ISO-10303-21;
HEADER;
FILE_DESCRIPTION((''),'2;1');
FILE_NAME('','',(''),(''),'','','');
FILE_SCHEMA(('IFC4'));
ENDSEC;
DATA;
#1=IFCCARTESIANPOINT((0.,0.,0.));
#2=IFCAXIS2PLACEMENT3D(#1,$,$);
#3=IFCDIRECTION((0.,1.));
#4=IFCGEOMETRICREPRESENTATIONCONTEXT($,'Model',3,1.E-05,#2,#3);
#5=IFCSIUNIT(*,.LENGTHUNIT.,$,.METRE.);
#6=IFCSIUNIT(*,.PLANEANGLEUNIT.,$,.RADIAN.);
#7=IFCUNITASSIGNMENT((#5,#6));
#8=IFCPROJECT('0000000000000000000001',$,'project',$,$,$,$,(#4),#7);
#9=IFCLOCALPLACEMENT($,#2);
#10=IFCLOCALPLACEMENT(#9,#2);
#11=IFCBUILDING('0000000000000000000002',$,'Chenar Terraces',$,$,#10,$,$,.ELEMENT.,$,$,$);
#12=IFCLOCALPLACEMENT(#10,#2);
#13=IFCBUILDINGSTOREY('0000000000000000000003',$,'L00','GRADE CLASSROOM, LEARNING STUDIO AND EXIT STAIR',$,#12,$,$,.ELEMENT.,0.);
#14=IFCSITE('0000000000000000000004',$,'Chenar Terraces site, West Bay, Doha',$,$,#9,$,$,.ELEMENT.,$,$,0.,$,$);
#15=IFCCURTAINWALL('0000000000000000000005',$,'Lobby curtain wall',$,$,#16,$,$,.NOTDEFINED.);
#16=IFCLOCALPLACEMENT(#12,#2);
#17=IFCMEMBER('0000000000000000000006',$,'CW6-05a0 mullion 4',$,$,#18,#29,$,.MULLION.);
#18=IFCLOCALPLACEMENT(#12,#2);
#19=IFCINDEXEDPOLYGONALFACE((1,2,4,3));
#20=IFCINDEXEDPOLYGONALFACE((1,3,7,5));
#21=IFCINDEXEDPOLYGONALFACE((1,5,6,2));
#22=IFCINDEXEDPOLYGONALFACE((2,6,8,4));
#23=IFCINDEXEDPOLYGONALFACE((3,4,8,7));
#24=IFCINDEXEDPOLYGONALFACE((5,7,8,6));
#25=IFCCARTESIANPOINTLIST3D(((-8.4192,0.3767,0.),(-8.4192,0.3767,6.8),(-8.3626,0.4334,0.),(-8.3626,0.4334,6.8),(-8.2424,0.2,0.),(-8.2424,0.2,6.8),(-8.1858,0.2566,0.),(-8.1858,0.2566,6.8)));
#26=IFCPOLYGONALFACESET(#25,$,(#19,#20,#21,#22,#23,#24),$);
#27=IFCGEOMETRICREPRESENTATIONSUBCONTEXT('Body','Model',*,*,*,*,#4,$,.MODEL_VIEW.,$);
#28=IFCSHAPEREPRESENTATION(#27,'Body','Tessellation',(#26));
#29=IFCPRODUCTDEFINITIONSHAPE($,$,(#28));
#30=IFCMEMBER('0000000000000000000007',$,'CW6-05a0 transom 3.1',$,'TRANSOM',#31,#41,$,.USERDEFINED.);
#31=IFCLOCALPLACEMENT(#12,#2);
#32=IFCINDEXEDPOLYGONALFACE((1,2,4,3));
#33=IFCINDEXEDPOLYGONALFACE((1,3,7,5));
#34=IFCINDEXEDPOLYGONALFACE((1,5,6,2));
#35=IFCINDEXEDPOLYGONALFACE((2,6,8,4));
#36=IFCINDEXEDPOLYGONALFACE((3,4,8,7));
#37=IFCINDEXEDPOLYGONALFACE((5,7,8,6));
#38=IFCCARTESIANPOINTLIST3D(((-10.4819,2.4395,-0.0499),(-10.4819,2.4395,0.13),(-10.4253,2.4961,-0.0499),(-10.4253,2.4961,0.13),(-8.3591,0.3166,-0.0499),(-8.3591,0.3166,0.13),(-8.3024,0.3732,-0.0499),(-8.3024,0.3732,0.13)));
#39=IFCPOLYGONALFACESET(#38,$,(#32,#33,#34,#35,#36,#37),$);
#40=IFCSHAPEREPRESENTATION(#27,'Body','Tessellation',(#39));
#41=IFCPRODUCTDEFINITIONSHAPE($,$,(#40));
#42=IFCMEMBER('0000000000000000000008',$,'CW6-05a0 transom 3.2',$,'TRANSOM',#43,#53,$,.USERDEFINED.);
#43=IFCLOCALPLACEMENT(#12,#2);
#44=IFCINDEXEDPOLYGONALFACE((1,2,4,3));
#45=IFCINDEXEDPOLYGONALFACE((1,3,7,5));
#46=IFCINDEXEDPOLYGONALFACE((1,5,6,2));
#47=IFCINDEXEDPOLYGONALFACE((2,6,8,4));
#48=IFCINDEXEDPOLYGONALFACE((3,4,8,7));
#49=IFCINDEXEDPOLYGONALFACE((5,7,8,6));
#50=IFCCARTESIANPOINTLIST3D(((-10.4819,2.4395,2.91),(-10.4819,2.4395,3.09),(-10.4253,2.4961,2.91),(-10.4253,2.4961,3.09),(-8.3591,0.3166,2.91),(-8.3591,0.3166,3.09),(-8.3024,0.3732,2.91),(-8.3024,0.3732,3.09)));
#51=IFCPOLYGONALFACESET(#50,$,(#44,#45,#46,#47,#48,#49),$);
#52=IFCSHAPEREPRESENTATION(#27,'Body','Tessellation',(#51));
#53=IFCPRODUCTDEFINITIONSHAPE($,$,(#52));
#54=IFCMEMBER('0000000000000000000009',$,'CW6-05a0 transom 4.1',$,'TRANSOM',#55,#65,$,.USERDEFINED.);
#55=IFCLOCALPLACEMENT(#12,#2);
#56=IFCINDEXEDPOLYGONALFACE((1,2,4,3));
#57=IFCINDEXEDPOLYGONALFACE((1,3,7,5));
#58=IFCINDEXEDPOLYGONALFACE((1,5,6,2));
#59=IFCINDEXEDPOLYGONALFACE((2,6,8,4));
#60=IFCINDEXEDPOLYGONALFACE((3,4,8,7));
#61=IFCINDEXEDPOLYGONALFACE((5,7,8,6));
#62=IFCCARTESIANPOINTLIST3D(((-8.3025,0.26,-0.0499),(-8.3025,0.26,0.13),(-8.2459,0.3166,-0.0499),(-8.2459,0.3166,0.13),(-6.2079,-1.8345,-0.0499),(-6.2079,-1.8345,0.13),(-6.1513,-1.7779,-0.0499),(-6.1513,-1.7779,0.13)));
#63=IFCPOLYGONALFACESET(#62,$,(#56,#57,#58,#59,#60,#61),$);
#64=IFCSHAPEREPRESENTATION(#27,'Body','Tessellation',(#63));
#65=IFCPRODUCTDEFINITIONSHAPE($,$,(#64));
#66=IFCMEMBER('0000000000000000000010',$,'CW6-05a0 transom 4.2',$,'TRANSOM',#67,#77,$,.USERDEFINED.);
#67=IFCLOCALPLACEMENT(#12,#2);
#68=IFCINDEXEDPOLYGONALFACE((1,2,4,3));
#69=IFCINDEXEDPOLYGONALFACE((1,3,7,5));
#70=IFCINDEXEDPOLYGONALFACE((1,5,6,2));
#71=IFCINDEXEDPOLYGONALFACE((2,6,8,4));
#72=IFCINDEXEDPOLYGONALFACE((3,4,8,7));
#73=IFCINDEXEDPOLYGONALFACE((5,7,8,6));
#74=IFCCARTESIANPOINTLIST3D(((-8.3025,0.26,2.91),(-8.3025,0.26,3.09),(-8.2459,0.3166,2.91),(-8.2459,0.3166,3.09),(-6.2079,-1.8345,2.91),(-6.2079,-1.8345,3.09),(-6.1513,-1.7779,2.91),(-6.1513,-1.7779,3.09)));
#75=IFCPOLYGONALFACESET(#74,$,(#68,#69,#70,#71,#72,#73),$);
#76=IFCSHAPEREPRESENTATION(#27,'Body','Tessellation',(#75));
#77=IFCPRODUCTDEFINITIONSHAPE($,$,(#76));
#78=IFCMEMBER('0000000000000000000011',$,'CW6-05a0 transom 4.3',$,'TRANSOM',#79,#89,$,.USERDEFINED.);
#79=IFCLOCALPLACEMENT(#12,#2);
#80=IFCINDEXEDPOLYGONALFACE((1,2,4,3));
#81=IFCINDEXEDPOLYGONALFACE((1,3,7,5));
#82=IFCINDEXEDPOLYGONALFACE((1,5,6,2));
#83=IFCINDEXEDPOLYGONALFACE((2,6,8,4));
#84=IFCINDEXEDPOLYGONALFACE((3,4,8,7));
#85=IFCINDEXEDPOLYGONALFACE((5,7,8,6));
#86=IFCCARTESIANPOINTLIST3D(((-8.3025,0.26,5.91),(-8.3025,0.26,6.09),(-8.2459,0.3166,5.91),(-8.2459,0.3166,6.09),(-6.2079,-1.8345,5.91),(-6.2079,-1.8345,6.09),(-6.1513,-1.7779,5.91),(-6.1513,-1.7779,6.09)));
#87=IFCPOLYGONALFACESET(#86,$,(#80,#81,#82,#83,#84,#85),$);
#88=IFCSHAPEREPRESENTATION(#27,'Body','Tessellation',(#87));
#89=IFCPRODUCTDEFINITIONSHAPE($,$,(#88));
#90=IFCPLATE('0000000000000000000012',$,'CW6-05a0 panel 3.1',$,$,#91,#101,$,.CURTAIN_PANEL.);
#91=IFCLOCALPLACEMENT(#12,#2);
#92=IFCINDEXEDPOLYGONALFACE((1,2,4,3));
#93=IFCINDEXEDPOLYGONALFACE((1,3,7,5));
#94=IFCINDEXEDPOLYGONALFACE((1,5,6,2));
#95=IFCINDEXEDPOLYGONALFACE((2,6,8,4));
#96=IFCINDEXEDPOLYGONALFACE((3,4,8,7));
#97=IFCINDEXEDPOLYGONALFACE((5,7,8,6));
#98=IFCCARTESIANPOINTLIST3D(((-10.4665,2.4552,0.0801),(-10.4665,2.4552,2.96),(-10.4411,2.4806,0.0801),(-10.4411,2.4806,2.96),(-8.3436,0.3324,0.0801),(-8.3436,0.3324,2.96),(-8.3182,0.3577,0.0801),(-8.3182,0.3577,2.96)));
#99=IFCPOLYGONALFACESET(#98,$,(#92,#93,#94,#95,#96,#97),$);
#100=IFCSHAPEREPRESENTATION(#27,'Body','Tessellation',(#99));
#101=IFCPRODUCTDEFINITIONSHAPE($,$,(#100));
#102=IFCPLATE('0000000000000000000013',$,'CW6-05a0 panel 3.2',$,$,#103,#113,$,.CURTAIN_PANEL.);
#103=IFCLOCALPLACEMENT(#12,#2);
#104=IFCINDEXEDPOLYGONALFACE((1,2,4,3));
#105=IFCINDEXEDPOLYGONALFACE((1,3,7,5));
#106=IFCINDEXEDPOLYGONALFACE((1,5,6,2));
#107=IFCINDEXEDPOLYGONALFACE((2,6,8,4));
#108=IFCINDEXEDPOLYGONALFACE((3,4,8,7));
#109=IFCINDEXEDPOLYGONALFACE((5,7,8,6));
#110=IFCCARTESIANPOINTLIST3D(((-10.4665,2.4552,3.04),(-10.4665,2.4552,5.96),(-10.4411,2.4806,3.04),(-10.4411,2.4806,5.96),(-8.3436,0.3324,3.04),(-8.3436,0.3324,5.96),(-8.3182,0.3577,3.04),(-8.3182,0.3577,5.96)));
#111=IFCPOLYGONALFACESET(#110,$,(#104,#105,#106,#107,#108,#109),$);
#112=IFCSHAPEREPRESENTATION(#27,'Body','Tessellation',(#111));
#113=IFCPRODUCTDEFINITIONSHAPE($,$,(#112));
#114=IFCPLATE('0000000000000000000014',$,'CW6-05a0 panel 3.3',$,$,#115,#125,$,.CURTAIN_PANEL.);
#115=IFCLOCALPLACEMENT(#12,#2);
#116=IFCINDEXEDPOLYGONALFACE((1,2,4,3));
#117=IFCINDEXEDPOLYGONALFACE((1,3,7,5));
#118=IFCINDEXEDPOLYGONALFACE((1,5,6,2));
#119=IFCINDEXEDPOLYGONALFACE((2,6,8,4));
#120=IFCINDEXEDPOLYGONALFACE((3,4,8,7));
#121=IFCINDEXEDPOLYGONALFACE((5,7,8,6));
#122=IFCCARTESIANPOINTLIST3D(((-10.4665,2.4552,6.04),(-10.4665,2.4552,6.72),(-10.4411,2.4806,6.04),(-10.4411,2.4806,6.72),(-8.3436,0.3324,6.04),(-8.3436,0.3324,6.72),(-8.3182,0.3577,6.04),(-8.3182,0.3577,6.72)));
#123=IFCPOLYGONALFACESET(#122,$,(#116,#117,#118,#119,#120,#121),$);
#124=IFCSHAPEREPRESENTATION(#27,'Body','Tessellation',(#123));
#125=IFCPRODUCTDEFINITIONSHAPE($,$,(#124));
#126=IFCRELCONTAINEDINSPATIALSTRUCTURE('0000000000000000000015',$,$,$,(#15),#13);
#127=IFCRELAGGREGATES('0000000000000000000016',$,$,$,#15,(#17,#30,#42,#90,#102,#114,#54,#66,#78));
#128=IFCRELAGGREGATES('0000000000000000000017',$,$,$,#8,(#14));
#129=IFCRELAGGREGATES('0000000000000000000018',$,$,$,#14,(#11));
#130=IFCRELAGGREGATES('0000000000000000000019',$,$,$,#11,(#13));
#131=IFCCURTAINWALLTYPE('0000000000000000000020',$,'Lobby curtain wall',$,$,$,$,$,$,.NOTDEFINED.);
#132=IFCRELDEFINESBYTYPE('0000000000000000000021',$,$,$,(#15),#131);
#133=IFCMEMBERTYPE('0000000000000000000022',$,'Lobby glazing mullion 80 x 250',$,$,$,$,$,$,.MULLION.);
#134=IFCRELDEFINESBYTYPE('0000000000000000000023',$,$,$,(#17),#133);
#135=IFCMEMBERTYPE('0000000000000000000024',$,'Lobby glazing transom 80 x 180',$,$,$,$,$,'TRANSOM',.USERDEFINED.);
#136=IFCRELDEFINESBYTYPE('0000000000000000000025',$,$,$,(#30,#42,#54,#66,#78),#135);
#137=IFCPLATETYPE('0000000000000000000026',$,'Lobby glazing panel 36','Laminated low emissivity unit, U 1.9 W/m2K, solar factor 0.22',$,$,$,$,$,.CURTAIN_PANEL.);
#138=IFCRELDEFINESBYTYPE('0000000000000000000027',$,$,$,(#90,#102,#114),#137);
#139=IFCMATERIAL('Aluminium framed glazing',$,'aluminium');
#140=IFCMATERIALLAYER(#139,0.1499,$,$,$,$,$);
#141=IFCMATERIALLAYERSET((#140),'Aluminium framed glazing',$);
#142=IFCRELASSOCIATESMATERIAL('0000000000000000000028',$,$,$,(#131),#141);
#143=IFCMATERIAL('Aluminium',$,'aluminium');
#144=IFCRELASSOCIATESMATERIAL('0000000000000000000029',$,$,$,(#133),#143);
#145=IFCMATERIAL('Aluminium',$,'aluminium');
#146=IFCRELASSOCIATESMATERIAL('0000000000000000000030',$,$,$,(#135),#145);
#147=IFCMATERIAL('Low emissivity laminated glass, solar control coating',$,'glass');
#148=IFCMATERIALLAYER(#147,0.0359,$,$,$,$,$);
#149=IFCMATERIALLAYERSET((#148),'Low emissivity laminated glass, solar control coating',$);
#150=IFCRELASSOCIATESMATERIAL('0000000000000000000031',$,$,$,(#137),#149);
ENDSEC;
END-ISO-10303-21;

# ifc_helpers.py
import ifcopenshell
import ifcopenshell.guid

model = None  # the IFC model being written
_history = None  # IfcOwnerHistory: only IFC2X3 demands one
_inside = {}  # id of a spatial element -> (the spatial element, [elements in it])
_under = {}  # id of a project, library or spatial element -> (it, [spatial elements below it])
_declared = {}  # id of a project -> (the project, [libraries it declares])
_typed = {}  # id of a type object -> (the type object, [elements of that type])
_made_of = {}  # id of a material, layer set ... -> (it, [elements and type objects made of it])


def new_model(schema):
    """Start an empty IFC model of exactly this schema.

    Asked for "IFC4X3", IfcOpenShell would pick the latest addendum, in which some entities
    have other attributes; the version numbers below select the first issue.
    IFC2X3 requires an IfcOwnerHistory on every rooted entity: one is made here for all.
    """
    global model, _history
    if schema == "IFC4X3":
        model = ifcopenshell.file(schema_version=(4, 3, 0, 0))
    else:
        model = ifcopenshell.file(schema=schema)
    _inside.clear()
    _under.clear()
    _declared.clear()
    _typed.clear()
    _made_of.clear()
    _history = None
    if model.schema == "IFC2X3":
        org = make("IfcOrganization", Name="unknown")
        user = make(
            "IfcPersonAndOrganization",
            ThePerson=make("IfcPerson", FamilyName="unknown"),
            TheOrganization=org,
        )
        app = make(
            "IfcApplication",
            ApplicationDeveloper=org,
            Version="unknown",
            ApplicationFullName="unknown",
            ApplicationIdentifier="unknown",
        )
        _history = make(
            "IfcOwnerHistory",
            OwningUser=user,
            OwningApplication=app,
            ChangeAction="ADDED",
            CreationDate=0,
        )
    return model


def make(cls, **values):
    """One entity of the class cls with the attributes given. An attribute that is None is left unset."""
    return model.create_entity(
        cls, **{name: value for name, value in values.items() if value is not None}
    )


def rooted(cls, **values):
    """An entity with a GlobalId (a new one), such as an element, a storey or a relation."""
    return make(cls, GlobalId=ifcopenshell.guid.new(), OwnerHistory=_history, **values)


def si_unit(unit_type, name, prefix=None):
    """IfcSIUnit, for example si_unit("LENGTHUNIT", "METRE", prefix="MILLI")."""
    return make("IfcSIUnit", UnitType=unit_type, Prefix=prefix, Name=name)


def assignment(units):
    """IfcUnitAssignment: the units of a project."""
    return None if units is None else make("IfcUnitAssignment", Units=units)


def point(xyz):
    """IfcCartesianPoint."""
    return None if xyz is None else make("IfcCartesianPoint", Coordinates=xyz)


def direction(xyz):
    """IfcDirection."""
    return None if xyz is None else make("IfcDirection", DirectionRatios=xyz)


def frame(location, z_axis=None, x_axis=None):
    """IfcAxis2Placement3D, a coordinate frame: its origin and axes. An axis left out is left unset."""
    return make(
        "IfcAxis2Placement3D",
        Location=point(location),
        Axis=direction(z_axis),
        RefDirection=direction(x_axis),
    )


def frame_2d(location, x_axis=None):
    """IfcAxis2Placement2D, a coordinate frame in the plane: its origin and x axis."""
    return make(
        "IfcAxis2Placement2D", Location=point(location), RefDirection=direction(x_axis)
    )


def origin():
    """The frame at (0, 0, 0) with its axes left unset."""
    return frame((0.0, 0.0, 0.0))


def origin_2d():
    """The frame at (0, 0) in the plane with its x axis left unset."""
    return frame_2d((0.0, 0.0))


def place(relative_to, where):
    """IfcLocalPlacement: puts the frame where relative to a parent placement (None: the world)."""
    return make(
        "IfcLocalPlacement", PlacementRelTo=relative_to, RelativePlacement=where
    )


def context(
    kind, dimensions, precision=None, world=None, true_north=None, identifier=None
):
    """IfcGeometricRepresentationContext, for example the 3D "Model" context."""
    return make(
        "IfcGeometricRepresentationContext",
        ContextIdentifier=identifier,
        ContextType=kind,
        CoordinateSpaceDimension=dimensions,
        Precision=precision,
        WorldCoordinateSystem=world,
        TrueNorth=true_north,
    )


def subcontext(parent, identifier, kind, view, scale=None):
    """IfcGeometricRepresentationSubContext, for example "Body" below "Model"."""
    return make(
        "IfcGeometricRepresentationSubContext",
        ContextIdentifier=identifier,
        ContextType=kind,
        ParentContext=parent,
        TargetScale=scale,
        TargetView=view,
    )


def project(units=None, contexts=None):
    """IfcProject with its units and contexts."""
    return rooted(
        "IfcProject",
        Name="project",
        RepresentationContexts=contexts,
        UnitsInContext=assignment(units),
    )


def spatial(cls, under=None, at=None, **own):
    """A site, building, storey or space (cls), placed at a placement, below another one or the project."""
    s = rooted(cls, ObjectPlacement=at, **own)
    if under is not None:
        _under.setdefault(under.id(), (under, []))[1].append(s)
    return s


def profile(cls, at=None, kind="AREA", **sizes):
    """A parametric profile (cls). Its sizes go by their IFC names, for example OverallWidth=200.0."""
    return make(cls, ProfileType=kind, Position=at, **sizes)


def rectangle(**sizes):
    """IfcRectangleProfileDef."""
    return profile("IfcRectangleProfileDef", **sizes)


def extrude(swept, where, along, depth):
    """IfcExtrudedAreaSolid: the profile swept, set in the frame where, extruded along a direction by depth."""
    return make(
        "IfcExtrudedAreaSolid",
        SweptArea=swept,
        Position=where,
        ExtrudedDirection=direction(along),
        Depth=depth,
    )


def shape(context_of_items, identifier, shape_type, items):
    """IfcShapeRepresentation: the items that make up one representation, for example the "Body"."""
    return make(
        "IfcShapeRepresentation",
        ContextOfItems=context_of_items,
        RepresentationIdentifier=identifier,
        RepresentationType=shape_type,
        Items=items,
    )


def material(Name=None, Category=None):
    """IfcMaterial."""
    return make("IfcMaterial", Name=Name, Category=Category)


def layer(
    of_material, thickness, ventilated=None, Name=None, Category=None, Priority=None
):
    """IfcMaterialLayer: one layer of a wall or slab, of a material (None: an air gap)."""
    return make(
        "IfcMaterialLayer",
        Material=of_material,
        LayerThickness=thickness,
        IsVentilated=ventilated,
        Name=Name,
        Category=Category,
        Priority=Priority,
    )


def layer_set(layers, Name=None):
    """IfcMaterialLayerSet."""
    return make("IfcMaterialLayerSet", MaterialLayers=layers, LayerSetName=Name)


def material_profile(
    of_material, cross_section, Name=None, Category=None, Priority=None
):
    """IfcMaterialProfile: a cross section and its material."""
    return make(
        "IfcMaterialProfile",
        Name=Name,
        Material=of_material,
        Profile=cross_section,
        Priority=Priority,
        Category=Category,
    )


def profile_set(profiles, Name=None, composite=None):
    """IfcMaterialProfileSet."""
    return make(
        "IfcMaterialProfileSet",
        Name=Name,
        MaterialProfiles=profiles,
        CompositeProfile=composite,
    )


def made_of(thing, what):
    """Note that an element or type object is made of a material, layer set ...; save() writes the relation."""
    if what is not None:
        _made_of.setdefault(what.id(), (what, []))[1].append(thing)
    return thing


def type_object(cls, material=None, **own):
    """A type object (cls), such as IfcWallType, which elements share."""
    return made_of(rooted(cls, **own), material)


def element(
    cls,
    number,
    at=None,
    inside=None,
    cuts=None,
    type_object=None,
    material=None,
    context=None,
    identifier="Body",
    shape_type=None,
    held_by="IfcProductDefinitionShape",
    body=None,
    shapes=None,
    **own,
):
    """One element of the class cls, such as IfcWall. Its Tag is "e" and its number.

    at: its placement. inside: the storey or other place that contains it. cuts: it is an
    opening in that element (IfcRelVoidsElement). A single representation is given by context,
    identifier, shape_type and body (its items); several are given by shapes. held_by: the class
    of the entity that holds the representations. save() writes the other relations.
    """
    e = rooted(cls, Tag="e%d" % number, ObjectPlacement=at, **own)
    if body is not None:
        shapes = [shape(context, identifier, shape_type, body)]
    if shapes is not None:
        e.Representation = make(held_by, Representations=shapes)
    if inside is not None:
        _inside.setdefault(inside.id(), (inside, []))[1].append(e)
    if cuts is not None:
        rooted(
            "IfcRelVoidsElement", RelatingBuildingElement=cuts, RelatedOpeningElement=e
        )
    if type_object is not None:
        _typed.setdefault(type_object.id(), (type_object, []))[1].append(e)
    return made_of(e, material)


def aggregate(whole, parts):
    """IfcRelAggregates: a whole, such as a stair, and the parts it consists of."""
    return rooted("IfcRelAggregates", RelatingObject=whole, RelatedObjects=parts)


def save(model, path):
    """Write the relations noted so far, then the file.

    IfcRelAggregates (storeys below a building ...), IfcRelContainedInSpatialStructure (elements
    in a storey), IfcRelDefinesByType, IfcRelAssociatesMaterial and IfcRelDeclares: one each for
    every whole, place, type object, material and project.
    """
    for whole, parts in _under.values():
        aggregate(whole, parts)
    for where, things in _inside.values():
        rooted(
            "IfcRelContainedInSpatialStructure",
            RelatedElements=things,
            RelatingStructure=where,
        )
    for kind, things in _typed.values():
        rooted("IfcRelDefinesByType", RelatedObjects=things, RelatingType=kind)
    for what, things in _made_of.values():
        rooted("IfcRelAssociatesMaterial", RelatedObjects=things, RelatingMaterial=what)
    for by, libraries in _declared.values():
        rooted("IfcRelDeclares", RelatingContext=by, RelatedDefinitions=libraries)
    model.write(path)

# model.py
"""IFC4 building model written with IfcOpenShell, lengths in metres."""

from ifc_helpers import new_model, si_unit, direction, frame, origin, origin_2d, place, context, subcontext, project, spatial, rectangle, extrude, material, layer, layer_set, material_profile, profile_set, type_object, element, aggregate, save


model = new_model("IFC4")

# Units and contexts
model_context = context("Model", 3, precision=1e-05, world=origin(), true_north=direction((0.0, 1.0)))
body_context = subcontext(model_context, "Body", "Model", "MODEL_VIEW")
ifc_project = project(units=[si_unit("LENGTHUNIT", "METRE"), si_unit("PLANEANGLEUNIT", "RADIAN")], contexts=[model_context])

# Site, building, storey
site_placement = place(None, origin())
site = spatial("IfcSite", under=ifc_project, at=site_placement, Name="Chenar Terraces site, West Bay, Doha", CompositionType="ELEMENT", RefElevation=0.0)
building_placement = place(site_placement, origin())
building = spatial("IfcBuilding", under=site, at=building_placement, Name="Chenar Terraces", CompositionType="ELEMENT")
storey_placement = place(building_placement, origin())
storey = spatial("IfcBuildingStorey", under=building, at=storey_placement, Name="L00", Description="GRADE CLASSROOM, LEARNING STUDIO AND EXIT STAIR", CompositionType="ELEMENT", Elevation=0.0)

# Curtain wall, members, plates
ifc_material_1 = material(Name="Aluminium framed glazing", Category="aluminium")
ifc_layer_1 = layer(ifc_material_1, 0.1499)
ifc_layer_set_1 = layer_set([ifc_layer_1], Name="Aluminium framed glazing")
curtain_wall_type = type_object("IfcCurtainWallType", Name="Lobby curtain wall", PredefinedType="NOTDEFINED", material=ifc_layer_set_1)
curtain_wall_placement = place(storey_placement, origin())
curtain_wall = element("IfcCurtainWall", 1, at=curtain_wall_placement, inside=storey, type_object=curtain_wall_type, Name="Lobby curtain wall", PredefinedType="NOTDEFINED")
ifc_material_2 = material(Name="Aluminium", Category="aluminium")
ifc_material_profile_1 = material_profile(ifc_material_2, rectangle(XDim=0.0801, YDim=0.25, at=origin_2d()), Name="Lobby glazing mullion 80 x 250")
ifc_profile_set_1 = profile_set([ifc_material_profile_1], Name="Aluminium")
member_type_1 = type_object("IfcMemberType", Name="Lobby glazing mullion 80 x 250", PredefinedType="MULLION", material=ifc_profile_set_1)
member_1_placement = place(storey_placement, frame((-8.3025, 0.3167, 0.0), z_axis=(0.0, 0.0, 1.0), x_axis=(0.707107, 0.707107, 0.0)))
member_1 = element("IfcMember", 2, at=member_1_placement, type_object=member_type_1, Name="CW6-05a0 mullion 4", PredefinedType="MULLION", context=body_context, shape_type="SweptSolid", body=[
    extrude(rectangle(XDim=0.0801, YDim=0.25, at=origin_2d()), origin(), (0.0, 0.0, 1.0), 6.8),
])
ifc_material_3 = material(Name="Aluminium", Category="aluminium")
ifc_material_profile_2 = material_profile(ifc_material_3, rectangle(XDim=0.0801, YDim=0.1799, at=origin_2d()), Name="Lobby glazing transom 80 x 180")
ifc_profile_set_2 = profile_set([ifc_material_profile_2], Name="Aluminium")
member_type_2 = type_object("IfcMemberType", Name="Lobby glazing transom 80 x 180", ElementType="TRANSOM", PredefinedType="USERDEFINED", material=ifc_profile_set_2)
member_2_placement = place(storey_placement, frame((-10.4536, 2.4678, 0.04), z_axis=(0.707107, -0.707107, 0.0), x_axis=(0.707107, 0.707107, 0.0)))
member_2 = element("IfcMember", 3, at=member_2_placement, type_object=member_type_2, Name="CW6-05a0 transom 3.1", ObjectType="TRANSOM", PredefinedType="USERDEFINED", context=body_context, shape_type="SweptSolid", body=[
    extrude(rectangle(XDim=0.0801, YDim=0.1799, at=origin_2d()), origin(), (0.0, 0.0, 1.0), 3.0022),
])
member_3_placement = place(storey_placement, frame((-10.4536, 2.4678, 3.0), z_axis=(0.707107, -0.707107, 0.0), x_axis=(0.707107, 0.707107, 0.0)))
member_3 = element("IfcMember", 4, at=member_3_placement, type_object=member_type_2, Name="CW6-05a0 transom 3.2", ObjectType="TRANSOM", PredefinedType="USERDEFINED", context=body_context, shape_type="SweptSolid", body=[
    extrude(rectangle(XDim=0.0801, YDim=0.1799, at=origin_2d()), origin(), (0.0, 0.0, 1.0), 3.0022),
])
member_4_placement = place(storey_placement, frame((-8.2742, 0.2883, 0.04), z_axis=(0.707107, -0.707107, 0.0), x_axis=(0.707107, 0.707107, 0.0)))
member_4 = element("IfcMember", 5, at=member_4_placement, type_object=member_type_2, Name="CW6-05a0 transom 4.1", ObjectType="TRANSOM", PredefinedType="USERDEFINED", context=body_context, shape_type="SweptSolid", body=[
    extrude(rectangle(XDim=0.0801, YDim=0.1799, at=origin_2d()), origin(), (0.0, 0.0, 1.0), 2.9622),
])
member_5_placement = place(storey_placement, frame((-8.2742, 0.2883, 3.0), z_axis=(0.707107, -0.707107, 0.0), x_axis=(0.707107, 0.707107, 0.0)))
member_5 = element("IfcMember", 6, at=member_5_placement, type_object=member_type_2, Name="CW6-05a0 transom 4.2", ObjectType="TRANSOM", PredefinedType="USERDEFINED", context=body_context, shape_type="SweptSolid", body=[
    extrude(rectangle(XDim=0.0801, YDim=0.1799, at=origin_2d()), origin(), (0.0, 0.0, 1.0), 2.9622),
])
member_6_placement = place(storey_placement, frame((-8.2742, 0.2883, 6.0), z_axis=(0.707107, -0.707107, 0.0), x_axis=(0.707107, 0.707107, 0.0)))
member_6 = element("IfcMember", 7, at=member_6_placement, type_object=member_type_2, Name="CW6-05a0 transom 4.3", ObjectType="TRANSOM", PredefinedType="USERDEFINED", context=body_context, shape_type="SweptSolid", body=[
    extrude(rectangle(XDim=0.0801, YDim=0.1799, at=origin_2d()), origin(), (0.0, 0.0, 1.0), 2.9622),
])
ifc_material_4 = material(Name="Low emissivity laminated glass, solar control coating", Category="glass")
ifc_layer_2 = layer(ifc_material_4, 0.0359)
ifc_layer_set_2 = layer_set([ifc_layer_2], Name="Low emissivity laminated glass, solar control coating")
plate_type = type_object("IfcPlateType", Name="Lobby glazing panel 36", Description="Laminated low emissivity unit, U 1.9 W/m2K, solar factor 0.22", PredefinedType="CURTAIN_PANEL", material=ifc_layer_set_2)
plate_1_placement = place(storey_placement, frame((-9.3923, 1.4065, 0.0801), z_axis=(0.0, 0.0, 1.0), x_axis=(0.707107, -0.707107, 0.0)))
plate_1 = element("IfcPlate", 8, at=plate_1_placement, type_object=plate_type, Name="CW6-05a0 panel 3.1", PredefinedType="CURTAIN_PANEL", context=body_context, shape_type="SweptSolid", body=[
    extrude(rectangle(XDim=3.0022, YDim=0.0359, at=origin_2d()), origin(), (0.0, 0.0, 1.0), 2.8799),
])
plate_2_placement = place(storey_placement, frame((-9.3923, 1.4065, 3.04), z_axis=(0.0, 0.0, 1.0), x_axis=(0.707107, -0.707107, 0.0)))
plate_2 = element("IfcPlate", 9, at=plate_2_placement, type_object=plate_type, Name="CW6-05a0 panel 3.2", PredefinedType="CURTAIN_PANEL", context=body_context, shape_type="SweptSolid", body=[
    extrude(rectangle(XDim=3.0022, YDim=0.0359, at=origin_2d()), origin(), (0.0, 0.0, 1.0), 2.9199),
])
plate_3_placement = place(storey_placement, frame((-9.3923, 1.4065, 6.04), z_axis=(0.0, 0.0, 1.0), x_axis=(0.707107, -0.707107, 0.0)))
plate_3 = element("IfcPlate", 10, at=plate_3_placement, type_object=plate_type, Name="CW6-05a0 panel 3.3", PredefinedType="CURTAIN_PANEL", context=body_context, shape_type="SweptSolid", body=[
    extrude(rectangle(XDim=3.0022, YDim=0.0359, at=origin_2d()), origin(), (0.0, 0.0, 1.0), 0.6799),
])
aggregate(curtain_wall, [member_1, member_2, member_3, plate_1, plate_2, plate_3, member_4, member_5, member_6])

save(model, "model.ifc")
